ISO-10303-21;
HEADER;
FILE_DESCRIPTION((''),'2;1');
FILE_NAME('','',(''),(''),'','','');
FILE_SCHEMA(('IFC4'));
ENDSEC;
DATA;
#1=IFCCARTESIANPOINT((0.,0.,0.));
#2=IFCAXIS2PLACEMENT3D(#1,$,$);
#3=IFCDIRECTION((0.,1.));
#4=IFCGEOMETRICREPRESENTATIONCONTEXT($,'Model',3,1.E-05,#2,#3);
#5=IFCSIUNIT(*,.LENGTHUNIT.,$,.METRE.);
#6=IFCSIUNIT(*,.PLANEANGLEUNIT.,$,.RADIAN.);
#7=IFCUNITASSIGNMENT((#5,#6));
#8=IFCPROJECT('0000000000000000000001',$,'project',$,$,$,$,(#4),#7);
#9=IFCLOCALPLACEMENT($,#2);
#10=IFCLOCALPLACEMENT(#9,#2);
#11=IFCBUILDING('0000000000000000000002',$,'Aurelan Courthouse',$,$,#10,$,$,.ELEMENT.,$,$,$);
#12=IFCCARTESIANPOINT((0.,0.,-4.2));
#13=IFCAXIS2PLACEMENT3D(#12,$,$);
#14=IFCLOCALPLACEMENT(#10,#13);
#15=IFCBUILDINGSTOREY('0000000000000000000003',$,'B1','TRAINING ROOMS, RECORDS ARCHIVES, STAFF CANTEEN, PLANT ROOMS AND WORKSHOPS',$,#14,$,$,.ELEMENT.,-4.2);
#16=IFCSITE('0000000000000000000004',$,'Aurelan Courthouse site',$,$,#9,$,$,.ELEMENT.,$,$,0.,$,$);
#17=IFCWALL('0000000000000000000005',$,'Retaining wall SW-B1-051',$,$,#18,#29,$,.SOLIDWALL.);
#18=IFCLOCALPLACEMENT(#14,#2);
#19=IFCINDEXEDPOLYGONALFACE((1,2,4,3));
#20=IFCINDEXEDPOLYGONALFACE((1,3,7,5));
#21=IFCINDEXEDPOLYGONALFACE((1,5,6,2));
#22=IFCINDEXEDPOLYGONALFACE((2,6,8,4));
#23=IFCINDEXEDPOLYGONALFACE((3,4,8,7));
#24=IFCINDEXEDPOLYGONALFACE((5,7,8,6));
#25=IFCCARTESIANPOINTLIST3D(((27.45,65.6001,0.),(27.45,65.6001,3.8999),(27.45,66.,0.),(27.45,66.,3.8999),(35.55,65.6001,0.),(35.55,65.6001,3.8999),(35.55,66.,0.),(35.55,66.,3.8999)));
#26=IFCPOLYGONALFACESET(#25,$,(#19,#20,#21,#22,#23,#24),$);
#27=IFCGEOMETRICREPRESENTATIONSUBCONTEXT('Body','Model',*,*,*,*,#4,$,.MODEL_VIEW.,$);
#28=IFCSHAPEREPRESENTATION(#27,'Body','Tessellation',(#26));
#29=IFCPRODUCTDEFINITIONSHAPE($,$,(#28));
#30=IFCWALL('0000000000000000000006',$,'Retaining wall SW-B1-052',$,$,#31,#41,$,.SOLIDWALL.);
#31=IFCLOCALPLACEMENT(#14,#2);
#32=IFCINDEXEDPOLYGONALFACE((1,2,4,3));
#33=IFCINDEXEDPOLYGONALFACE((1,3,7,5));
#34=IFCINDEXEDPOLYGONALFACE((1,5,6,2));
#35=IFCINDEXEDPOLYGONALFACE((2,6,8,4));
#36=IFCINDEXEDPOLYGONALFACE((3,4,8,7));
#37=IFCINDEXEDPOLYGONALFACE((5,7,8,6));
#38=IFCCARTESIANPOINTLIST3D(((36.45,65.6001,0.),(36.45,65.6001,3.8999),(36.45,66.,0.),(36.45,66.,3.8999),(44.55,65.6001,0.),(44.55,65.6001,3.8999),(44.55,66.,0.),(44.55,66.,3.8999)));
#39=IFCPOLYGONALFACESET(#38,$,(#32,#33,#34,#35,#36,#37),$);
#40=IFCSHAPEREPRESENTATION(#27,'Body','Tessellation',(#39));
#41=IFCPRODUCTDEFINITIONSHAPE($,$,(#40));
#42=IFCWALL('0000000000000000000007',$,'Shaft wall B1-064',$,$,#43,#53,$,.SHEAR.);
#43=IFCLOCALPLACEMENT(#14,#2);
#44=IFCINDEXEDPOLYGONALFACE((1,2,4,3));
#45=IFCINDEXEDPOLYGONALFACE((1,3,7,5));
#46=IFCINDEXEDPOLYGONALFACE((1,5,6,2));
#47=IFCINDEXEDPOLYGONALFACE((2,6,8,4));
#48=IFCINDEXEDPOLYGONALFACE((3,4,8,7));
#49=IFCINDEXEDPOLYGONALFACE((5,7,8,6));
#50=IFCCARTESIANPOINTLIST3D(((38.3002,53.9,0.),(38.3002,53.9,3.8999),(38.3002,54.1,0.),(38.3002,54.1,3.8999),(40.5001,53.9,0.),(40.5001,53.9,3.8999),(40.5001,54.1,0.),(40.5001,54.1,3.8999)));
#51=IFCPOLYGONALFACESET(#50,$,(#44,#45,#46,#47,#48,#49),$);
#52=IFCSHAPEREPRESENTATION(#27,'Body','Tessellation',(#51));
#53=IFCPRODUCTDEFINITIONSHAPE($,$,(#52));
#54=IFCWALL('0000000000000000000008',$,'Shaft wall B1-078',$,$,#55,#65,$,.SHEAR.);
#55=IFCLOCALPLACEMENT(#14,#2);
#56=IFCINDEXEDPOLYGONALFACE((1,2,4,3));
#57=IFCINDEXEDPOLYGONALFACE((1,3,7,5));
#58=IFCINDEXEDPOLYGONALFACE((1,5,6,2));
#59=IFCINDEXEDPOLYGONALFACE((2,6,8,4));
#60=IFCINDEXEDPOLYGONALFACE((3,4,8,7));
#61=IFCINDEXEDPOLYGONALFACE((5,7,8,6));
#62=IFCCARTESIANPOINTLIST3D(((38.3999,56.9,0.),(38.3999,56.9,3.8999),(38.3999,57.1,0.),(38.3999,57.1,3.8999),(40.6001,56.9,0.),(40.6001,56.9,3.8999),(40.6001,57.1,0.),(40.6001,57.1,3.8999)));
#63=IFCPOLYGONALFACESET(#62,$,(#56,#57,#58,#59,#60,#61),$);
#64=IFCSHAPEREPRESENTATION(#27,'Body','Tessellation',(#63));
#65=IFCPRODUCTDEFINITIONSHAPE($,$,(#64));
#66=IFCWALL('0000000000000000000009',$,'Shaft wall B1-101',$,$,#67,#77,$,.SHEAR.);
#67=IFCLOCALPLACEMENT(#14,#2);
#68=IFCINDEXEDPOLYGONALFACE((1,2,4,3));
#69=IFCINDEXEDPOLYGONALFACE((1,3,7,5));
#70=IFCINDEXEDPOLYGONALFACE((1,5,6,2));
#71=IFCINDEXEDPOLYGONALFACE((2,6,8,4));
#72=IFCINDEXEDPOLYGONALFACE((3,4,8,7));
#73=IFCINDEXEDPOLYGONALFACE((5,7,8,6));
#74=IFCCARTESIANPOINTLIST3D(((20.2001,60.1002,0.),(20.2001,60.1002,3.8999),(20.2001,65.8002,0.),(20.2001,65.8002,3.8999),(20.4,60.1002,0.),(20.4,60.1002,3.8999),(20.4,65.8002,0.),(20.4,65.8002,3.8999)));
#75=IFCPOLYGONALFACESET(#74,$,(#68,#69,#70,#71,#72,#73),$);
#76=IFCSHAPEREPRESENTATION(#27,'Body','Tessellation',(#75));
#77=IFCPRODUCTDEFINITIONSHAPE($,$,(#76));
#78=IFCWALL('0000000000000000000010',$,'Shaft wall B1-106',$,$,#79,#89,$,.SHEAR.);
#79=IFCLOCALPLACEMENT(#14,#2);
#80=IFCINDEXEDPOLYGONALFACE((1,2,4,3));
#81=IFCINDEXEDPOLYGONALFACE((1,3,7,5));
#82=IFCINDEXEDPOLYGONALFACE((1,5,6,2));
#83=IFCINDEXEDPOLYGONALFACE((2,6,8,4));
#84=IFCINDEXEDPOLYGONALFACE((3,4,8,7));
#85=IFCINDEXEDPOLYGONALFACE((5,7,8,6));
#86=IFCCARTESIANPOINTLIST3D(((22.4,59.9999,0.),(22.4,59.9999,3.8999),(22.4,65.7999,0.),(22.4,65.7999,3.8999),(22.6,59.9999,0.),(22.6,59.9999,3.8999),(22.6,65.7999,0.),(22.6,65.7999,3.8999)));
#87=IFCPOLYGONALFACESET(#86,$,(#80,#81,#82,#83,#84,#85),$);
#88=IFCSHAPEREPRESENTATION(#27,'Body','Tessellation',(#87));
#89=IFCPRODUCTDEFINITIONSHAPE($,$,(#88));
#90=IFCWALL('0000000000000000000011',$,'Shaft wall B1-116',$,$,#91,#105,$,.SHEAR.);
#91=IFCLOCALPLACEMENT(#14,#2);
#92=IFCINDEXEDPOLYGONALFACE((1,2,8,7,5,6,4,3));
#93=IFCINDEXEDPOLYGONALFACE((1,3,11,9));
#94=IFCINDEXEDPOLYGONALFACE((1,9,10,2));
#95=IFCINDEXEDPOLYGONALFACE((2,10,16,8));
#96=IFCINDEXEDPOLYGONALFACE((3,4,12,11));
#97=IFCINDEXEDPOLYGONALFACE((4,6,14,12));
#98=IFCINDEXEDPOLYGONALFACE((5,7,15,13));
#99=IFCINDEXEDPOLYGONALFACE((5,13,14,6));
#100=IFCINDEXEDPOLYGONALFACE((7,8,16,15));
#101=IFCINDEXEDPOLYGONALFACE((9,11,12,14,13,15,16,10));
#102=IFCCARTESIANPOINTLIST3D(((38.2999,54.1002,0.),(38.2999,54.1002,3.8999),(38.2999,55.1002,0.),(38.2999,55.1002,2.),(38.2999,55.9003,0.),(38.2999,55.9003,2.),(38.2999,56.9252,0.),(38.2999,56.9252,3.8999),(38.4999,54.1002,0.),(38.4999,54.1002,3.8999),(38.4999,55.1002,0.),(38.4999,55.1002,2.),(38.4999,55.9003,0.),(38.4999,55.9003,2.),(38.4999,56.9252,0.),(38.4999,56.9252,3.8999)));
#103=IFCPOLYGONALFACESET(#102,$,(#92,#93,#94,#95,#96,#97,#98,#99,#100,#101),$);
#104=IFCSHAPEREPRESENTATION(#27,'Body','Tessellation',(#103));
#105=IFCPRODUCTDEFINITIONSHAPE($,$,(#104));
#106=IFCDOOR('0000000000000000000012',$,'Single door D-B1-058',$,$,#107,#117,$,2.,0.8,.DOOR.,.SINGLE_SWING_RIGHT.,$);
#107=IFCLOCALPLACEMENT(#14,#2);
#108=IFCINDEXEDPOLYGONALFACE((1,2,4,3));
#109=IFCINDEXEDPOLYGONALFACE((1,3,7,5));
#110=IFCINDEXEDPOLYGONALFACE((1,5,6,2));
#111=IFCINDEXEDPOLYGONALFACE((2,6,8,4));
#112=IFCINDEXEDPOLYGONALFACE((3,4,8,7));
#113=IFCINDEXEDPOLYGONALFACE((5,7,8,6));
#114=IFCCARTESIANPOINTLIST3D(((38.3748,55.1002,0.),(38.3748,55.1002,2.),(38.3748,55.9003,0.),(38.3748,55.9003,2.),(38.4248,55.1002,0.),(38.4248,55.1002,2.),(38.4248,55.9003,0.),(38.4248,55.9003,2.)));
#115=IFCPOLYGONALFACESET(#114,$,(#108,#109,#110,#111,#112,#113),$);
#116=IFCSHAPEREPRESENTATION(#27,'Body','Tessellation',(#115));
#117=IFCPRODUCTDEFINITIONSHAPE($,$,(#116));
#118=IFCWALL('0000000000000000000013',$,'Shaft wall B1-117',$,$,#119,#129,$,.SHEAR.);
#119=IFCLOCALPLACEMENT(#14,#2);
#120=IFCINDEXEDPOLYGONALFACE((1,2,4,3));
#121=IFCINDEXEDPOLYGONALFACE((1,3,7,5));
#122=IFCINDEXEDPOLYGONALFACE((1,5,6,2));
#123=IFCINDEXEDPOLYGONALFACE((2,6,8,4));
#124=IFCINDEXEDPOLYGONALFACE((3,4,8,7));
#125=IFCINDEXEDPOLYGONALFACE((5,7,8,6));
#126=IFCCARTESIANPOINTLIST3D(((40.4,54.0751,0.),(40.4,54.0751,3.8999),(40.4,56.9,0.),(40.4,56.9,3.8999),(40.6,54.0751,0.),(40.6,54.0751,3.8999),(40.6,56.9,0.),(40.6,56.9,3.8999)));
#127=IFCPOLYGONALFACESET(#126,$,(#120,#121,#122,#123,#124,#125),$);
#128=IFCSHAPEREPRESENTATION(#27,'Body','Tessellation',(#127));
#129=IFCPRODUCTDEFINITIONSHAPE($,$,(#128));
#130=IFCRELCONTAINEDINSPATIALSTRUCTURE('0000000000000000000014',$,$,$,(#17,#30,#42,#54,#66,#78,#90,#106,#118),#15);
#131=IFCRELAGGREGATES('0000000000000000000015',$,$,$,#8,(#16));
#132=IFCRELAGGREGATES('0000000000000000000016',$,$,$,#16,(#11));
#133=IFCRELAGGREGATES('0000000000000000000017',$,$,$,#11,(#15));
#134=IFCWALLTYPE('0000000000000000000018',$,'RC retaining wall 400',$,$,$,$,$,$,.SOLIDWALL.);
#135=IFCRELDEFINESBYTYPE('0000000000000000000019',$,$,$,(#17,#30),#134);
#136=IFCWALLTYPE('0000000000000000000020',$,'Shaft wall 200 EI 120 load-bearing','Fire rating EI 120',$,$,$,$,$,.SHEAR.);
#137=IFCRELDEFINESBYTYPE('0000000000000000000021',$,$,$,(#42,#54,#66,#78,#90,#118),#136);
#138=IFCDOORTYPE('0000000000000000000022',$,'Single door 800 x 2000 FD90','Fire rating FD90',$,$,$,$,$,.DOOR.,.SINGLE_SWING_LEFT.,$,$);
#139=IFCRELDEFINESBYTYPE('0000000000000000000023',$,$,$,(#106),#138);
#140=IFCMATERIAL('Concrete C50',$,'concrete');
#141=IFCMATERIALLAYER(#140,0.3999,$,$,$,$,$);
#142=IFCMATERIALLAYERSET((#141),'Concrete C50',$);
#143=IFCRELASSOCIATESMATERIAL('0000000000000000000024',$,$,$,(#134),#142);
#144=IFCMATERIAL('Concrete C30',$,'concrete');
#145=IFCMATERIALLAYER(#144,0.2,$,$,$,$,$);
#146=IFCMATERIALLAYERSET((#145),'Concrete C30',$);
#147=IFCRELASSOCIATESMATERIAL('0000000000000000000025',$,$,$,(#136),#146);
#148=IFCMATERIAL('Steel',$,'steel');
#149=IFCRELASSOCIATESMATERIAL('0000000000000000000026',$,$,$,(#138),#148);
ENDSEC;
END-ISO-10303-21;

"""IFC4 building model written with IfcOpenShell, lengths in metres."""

from ifc_helpers import new_model, si_unit, direction, frame, frame_2d, origin, place, context, subcontext, project, spatial, rectangle, extrude, material, layer, layer_set, type_object, element, fill, save


model = new_model("IFC4")

# Units and contexts
model_context = context("Model", 3, precision=1e-05, world=origin(), true_north=direction((0.0, 1.0)))
body_context = subcontext(model_context, "Body", "Model", "MODEL_VIEW")
ifc_project = project(units=[si_unit("LENGTHUNIT", "METRE"), si_unit("PLANEANGLEUNIT", "RADIAN")], contexts=[model_context])

# Site, building, storey
site_placement = place(None, origin())
site = spatial("IfcSite", under=ifc_project, at=site_placement, Name="Aurelan Courthouse site", CompositionType="ELEMENT", RefElevation=0.0)
building_placement = place(site_placement, origin())
building = spatial("IfcBuilding", under=site, at=building_placement, Name="Aurelan Courthouse", CompositionType="ELEMENT")
storey_placement = place(building_placement, frame((0.0, 0.0, -4.2)))
storey = spatial("IfcBuildingStorey", under=building, at=storey_placement, Name="B1", Description="TRAINING ROOMS, RECORDS ARCHIVES, STAFF CANTEEN, PLANT ROOMS AND WORKSHOPS", CompositionType="ELEMENT", Elevation=-4.2)

# Shared definitions
ifc_material_1 = material(Name="Concrete C50", Category="concrete")

# Shared definitions
ifc_material_2 = material(Name="Steel", Category="steel")

# Walls
ifc_layer_1 = layer(ifc_material_1, 0.3999)
ifc_layer_set_1 = layer_set([ifc_layer_1], Name="Concrete C50")
wall_type_1 = type_object("IfcWallType", Name="RC retaining wall 400", PredefinedType="SOLIDWALL", material=ifc_layer_set_1)
for number, where, z_axis, x_axis, name in (
    (1, (27.45, 65.8, 0.0), (0.0, 0.0, 1.0), (1.0, 0.0, 0.0), "Retaining wall SW-B1-051"),
    (2, (36.45, 65.8, 0.0), (0.0, 0.0, 1.0), (1.0, 0.0, 0.0), "Retaining wall SW-B1-052"),
):
    element("IfcWall", number, at=place(storey_placement, frame(where, z_axis=z_axis, x_axis=x_axis)), inside=storey, type_object=wall_type_1, Name=name, PredefinedType="SOLIDWALL", context=body_context, shape_type="SweptSolid", body=[
        extrude(rectangle(XDim=8.1001, YDim=0.3999, at=frame_2d((4.05, 0.0))), origin(), (0.0, 0.0, 1.0), 3.8999),
    ])
ifc_material_3 = material(Name="Concrete C30", Category="concrete")
ifc_layer_2 = layer(ifc_material_3, 0.2)
ifc_layer_set_2 = layer_set([ifc_layer_2], Name="Concrete C30")
wall_type_2 = type_object("IfcWallType", Name="Shaft wall 200 EI 120 load-bearing", Description="Fire rating EI 120", PredefinedType="SHEAR", material=ifc_layer_set_2)
wall_1_placement = place(storey_placement, frame((38.3, 54.0, 0.0), z_axis=(0.0, 0.0, 1.0), x_axis=(1.0, 0.0, 0.0)))
element("IfcWall", 3, at=wall_1_placement, inside=storey, type_object=wall_type_2, Name="Shaft wall B1-064", PredefinedType="SHEAR", context=body_context, shape_type="SweptSolid", body=[
    extrude(rectangle(XDim=2.2, YDim=0.2, at=frame_2d((1.1001, 0.0))), origin(), (0.0, 0.0, 1.0), 3.8999),
])
wall_2_placement = place(storey_placement, frame((38.3999, 57.0, 0.0), z_axis=(0.0, 0.0, 1.0), x_axis=(1.0, 0.0, 0.0)))
element("IfcWall", 4, at=wall_2_placement, inside=storey, type_object=wall_type_2, Name="Shaft wall B1-078", PredefinedType="SHEAR", context=body_context, shape_type="SweptSolid", body=[
    extrude(rectangle(XDim=2.2002, YDim=0.2, at=frame_2d((1.1001, 0.0))), origin(), (0.0, 0.0, 1.0), 3.8999),
])
wall_3_placement = place(storey_placement, frame((20.3, 60.1001, 0.0), z_axis=(0.0, 0.0, 1.0), x_axis=(0.0, 1.0, 0.0)))
element("IfcWall", 5, at=wall_3_placement, inside=storey, type_object=wall_type_2, Name="Shaft wall B1-101", PredefinedType="SHEAR", context=body_context, shape_type="SweptSolid", body=[
    extrude(rectangle(XDim=5.7, YDim=0.2, at=frame_2d((2.8501, 0.0))), origin(), (0.0, 0.0, 1.0), 3.8999),
])
wall_4_placement = place(storey_placement, frame((22.5, 60.0, 0.0), z_axis=(0.0, 0.0, 1.0), x_axis=(0.0, 1.0, 0.0)))
element("IfcWall", 6, at=wall_4_placement, inside=storey, type_object=wall_type_2, Name="Shaft wall B1-106", PredefinedType="SHEAR", context=body_context, shape_type="SweptSolid", body=[
    extrude(rectangle(XDim=5.8, YDim=0.2, at=frame_2d((2.8999, 0.0))), origin(), (0.0, 0.0, 1.0), 3.8999),
])

# Wall, opening, door
wall_5_placement = place(storey_placement, frame((38.3999, 54.1001, 0.0), z_axis=(0.0, 0.0, 1.0), x_axis=(0.0, 1.0, 0.0)))
wall_5 = element("IfcWall", 7, at=wall_5_placement, inside=storey, type_object=wall_type_2, Name="Shaft wall B1-116", PredefinedType="SHEAR", context=body_context, shape_type="SweptSolid", body=[
    extrude(rectangle(XDim=2.825, YDim=0.2, at=frame_2d((1.4126, 0.0))), origin(), (0.0, 0.0, 1.0), 3.8999),
])
opening_1_placement = place(wall_5_placement, frame((1.8, 0.0, 0.0), z_axis=(0.0, 0.0, 1.0), x_axis=(-1.0, 0.0, 0.0)))
opening_1 = element("IfcOpeningElement", 8, at=opening_1_placement, cuts=wall_5, PredefinedType="OPENING", context=body_context, shape_type="SweptSolid", body=[
    extrude(rectangle(XDim=0.8, YDim=2.0, at=frame_2d((0.3999, 1.0))), frame((0.0, 0.1099, 0.0), z_axis=(0.0, -1.0, 0.0), x_axis=(1.0, 0.0, 0.0)), (0.0, 0.0, 1.0), 0.22),
])
door_type_1 = type_object("IfcDoorType", Name="Single door 800 x 2000 FD90", Description="Fire rating FD90", OperationType="SINGLE_SWING_LEFT", PredefinedType="DOOR", material=ifc_material_2)
door_1_placement = place(opening_1_placement, origin())
door_1 = element("IfcDoor", 9, at=door_1_placement, inside=storey, type_object=door_type_1, Name="Single door D-B1-058", OperationType="SINGLE_SWING_RIGHT", OverallHeight=2.0, OverallWidth=0.8, PredefinedType="DOOR", context=body_context, shape_type="SweptSolid", body=[
    extrude(rectangle(XDim=0.8, YDim=2.0, at=frame_2d((0.3999, 1.0))), frame((0.0, 0.0249, 0.0), z_axis=(0.0, -1.0, 0.0), x_axis=(1.0, 0.0, 0.0)), (0.0, 0.0, 1.0), 0.05),
])
fill(opening_1, door_1)

# Wall
wall_6_placement = place(storey_placement, frame((40.5, 54.075, 0.0), z_axis=(0.0, 0.0, 1.0), x_axis=(0.0, 1.0, 0.0)))
element("IfcWall", 10, at=wall_6_placement, inside=storey, type_object=wall_type_2, Name="Shaft wall B1-117", PredefinedType="SHEAR", context=body_context, shape_type="SweptSolid", body=[
    extrude(rectangle(XDim=2.825, YDim=0.2, at=frame_2d((1.4126, 0.0))), origin(), (0.0, 0.0, 1.0), 3.8999),
])

save(model, "model.ifc")
